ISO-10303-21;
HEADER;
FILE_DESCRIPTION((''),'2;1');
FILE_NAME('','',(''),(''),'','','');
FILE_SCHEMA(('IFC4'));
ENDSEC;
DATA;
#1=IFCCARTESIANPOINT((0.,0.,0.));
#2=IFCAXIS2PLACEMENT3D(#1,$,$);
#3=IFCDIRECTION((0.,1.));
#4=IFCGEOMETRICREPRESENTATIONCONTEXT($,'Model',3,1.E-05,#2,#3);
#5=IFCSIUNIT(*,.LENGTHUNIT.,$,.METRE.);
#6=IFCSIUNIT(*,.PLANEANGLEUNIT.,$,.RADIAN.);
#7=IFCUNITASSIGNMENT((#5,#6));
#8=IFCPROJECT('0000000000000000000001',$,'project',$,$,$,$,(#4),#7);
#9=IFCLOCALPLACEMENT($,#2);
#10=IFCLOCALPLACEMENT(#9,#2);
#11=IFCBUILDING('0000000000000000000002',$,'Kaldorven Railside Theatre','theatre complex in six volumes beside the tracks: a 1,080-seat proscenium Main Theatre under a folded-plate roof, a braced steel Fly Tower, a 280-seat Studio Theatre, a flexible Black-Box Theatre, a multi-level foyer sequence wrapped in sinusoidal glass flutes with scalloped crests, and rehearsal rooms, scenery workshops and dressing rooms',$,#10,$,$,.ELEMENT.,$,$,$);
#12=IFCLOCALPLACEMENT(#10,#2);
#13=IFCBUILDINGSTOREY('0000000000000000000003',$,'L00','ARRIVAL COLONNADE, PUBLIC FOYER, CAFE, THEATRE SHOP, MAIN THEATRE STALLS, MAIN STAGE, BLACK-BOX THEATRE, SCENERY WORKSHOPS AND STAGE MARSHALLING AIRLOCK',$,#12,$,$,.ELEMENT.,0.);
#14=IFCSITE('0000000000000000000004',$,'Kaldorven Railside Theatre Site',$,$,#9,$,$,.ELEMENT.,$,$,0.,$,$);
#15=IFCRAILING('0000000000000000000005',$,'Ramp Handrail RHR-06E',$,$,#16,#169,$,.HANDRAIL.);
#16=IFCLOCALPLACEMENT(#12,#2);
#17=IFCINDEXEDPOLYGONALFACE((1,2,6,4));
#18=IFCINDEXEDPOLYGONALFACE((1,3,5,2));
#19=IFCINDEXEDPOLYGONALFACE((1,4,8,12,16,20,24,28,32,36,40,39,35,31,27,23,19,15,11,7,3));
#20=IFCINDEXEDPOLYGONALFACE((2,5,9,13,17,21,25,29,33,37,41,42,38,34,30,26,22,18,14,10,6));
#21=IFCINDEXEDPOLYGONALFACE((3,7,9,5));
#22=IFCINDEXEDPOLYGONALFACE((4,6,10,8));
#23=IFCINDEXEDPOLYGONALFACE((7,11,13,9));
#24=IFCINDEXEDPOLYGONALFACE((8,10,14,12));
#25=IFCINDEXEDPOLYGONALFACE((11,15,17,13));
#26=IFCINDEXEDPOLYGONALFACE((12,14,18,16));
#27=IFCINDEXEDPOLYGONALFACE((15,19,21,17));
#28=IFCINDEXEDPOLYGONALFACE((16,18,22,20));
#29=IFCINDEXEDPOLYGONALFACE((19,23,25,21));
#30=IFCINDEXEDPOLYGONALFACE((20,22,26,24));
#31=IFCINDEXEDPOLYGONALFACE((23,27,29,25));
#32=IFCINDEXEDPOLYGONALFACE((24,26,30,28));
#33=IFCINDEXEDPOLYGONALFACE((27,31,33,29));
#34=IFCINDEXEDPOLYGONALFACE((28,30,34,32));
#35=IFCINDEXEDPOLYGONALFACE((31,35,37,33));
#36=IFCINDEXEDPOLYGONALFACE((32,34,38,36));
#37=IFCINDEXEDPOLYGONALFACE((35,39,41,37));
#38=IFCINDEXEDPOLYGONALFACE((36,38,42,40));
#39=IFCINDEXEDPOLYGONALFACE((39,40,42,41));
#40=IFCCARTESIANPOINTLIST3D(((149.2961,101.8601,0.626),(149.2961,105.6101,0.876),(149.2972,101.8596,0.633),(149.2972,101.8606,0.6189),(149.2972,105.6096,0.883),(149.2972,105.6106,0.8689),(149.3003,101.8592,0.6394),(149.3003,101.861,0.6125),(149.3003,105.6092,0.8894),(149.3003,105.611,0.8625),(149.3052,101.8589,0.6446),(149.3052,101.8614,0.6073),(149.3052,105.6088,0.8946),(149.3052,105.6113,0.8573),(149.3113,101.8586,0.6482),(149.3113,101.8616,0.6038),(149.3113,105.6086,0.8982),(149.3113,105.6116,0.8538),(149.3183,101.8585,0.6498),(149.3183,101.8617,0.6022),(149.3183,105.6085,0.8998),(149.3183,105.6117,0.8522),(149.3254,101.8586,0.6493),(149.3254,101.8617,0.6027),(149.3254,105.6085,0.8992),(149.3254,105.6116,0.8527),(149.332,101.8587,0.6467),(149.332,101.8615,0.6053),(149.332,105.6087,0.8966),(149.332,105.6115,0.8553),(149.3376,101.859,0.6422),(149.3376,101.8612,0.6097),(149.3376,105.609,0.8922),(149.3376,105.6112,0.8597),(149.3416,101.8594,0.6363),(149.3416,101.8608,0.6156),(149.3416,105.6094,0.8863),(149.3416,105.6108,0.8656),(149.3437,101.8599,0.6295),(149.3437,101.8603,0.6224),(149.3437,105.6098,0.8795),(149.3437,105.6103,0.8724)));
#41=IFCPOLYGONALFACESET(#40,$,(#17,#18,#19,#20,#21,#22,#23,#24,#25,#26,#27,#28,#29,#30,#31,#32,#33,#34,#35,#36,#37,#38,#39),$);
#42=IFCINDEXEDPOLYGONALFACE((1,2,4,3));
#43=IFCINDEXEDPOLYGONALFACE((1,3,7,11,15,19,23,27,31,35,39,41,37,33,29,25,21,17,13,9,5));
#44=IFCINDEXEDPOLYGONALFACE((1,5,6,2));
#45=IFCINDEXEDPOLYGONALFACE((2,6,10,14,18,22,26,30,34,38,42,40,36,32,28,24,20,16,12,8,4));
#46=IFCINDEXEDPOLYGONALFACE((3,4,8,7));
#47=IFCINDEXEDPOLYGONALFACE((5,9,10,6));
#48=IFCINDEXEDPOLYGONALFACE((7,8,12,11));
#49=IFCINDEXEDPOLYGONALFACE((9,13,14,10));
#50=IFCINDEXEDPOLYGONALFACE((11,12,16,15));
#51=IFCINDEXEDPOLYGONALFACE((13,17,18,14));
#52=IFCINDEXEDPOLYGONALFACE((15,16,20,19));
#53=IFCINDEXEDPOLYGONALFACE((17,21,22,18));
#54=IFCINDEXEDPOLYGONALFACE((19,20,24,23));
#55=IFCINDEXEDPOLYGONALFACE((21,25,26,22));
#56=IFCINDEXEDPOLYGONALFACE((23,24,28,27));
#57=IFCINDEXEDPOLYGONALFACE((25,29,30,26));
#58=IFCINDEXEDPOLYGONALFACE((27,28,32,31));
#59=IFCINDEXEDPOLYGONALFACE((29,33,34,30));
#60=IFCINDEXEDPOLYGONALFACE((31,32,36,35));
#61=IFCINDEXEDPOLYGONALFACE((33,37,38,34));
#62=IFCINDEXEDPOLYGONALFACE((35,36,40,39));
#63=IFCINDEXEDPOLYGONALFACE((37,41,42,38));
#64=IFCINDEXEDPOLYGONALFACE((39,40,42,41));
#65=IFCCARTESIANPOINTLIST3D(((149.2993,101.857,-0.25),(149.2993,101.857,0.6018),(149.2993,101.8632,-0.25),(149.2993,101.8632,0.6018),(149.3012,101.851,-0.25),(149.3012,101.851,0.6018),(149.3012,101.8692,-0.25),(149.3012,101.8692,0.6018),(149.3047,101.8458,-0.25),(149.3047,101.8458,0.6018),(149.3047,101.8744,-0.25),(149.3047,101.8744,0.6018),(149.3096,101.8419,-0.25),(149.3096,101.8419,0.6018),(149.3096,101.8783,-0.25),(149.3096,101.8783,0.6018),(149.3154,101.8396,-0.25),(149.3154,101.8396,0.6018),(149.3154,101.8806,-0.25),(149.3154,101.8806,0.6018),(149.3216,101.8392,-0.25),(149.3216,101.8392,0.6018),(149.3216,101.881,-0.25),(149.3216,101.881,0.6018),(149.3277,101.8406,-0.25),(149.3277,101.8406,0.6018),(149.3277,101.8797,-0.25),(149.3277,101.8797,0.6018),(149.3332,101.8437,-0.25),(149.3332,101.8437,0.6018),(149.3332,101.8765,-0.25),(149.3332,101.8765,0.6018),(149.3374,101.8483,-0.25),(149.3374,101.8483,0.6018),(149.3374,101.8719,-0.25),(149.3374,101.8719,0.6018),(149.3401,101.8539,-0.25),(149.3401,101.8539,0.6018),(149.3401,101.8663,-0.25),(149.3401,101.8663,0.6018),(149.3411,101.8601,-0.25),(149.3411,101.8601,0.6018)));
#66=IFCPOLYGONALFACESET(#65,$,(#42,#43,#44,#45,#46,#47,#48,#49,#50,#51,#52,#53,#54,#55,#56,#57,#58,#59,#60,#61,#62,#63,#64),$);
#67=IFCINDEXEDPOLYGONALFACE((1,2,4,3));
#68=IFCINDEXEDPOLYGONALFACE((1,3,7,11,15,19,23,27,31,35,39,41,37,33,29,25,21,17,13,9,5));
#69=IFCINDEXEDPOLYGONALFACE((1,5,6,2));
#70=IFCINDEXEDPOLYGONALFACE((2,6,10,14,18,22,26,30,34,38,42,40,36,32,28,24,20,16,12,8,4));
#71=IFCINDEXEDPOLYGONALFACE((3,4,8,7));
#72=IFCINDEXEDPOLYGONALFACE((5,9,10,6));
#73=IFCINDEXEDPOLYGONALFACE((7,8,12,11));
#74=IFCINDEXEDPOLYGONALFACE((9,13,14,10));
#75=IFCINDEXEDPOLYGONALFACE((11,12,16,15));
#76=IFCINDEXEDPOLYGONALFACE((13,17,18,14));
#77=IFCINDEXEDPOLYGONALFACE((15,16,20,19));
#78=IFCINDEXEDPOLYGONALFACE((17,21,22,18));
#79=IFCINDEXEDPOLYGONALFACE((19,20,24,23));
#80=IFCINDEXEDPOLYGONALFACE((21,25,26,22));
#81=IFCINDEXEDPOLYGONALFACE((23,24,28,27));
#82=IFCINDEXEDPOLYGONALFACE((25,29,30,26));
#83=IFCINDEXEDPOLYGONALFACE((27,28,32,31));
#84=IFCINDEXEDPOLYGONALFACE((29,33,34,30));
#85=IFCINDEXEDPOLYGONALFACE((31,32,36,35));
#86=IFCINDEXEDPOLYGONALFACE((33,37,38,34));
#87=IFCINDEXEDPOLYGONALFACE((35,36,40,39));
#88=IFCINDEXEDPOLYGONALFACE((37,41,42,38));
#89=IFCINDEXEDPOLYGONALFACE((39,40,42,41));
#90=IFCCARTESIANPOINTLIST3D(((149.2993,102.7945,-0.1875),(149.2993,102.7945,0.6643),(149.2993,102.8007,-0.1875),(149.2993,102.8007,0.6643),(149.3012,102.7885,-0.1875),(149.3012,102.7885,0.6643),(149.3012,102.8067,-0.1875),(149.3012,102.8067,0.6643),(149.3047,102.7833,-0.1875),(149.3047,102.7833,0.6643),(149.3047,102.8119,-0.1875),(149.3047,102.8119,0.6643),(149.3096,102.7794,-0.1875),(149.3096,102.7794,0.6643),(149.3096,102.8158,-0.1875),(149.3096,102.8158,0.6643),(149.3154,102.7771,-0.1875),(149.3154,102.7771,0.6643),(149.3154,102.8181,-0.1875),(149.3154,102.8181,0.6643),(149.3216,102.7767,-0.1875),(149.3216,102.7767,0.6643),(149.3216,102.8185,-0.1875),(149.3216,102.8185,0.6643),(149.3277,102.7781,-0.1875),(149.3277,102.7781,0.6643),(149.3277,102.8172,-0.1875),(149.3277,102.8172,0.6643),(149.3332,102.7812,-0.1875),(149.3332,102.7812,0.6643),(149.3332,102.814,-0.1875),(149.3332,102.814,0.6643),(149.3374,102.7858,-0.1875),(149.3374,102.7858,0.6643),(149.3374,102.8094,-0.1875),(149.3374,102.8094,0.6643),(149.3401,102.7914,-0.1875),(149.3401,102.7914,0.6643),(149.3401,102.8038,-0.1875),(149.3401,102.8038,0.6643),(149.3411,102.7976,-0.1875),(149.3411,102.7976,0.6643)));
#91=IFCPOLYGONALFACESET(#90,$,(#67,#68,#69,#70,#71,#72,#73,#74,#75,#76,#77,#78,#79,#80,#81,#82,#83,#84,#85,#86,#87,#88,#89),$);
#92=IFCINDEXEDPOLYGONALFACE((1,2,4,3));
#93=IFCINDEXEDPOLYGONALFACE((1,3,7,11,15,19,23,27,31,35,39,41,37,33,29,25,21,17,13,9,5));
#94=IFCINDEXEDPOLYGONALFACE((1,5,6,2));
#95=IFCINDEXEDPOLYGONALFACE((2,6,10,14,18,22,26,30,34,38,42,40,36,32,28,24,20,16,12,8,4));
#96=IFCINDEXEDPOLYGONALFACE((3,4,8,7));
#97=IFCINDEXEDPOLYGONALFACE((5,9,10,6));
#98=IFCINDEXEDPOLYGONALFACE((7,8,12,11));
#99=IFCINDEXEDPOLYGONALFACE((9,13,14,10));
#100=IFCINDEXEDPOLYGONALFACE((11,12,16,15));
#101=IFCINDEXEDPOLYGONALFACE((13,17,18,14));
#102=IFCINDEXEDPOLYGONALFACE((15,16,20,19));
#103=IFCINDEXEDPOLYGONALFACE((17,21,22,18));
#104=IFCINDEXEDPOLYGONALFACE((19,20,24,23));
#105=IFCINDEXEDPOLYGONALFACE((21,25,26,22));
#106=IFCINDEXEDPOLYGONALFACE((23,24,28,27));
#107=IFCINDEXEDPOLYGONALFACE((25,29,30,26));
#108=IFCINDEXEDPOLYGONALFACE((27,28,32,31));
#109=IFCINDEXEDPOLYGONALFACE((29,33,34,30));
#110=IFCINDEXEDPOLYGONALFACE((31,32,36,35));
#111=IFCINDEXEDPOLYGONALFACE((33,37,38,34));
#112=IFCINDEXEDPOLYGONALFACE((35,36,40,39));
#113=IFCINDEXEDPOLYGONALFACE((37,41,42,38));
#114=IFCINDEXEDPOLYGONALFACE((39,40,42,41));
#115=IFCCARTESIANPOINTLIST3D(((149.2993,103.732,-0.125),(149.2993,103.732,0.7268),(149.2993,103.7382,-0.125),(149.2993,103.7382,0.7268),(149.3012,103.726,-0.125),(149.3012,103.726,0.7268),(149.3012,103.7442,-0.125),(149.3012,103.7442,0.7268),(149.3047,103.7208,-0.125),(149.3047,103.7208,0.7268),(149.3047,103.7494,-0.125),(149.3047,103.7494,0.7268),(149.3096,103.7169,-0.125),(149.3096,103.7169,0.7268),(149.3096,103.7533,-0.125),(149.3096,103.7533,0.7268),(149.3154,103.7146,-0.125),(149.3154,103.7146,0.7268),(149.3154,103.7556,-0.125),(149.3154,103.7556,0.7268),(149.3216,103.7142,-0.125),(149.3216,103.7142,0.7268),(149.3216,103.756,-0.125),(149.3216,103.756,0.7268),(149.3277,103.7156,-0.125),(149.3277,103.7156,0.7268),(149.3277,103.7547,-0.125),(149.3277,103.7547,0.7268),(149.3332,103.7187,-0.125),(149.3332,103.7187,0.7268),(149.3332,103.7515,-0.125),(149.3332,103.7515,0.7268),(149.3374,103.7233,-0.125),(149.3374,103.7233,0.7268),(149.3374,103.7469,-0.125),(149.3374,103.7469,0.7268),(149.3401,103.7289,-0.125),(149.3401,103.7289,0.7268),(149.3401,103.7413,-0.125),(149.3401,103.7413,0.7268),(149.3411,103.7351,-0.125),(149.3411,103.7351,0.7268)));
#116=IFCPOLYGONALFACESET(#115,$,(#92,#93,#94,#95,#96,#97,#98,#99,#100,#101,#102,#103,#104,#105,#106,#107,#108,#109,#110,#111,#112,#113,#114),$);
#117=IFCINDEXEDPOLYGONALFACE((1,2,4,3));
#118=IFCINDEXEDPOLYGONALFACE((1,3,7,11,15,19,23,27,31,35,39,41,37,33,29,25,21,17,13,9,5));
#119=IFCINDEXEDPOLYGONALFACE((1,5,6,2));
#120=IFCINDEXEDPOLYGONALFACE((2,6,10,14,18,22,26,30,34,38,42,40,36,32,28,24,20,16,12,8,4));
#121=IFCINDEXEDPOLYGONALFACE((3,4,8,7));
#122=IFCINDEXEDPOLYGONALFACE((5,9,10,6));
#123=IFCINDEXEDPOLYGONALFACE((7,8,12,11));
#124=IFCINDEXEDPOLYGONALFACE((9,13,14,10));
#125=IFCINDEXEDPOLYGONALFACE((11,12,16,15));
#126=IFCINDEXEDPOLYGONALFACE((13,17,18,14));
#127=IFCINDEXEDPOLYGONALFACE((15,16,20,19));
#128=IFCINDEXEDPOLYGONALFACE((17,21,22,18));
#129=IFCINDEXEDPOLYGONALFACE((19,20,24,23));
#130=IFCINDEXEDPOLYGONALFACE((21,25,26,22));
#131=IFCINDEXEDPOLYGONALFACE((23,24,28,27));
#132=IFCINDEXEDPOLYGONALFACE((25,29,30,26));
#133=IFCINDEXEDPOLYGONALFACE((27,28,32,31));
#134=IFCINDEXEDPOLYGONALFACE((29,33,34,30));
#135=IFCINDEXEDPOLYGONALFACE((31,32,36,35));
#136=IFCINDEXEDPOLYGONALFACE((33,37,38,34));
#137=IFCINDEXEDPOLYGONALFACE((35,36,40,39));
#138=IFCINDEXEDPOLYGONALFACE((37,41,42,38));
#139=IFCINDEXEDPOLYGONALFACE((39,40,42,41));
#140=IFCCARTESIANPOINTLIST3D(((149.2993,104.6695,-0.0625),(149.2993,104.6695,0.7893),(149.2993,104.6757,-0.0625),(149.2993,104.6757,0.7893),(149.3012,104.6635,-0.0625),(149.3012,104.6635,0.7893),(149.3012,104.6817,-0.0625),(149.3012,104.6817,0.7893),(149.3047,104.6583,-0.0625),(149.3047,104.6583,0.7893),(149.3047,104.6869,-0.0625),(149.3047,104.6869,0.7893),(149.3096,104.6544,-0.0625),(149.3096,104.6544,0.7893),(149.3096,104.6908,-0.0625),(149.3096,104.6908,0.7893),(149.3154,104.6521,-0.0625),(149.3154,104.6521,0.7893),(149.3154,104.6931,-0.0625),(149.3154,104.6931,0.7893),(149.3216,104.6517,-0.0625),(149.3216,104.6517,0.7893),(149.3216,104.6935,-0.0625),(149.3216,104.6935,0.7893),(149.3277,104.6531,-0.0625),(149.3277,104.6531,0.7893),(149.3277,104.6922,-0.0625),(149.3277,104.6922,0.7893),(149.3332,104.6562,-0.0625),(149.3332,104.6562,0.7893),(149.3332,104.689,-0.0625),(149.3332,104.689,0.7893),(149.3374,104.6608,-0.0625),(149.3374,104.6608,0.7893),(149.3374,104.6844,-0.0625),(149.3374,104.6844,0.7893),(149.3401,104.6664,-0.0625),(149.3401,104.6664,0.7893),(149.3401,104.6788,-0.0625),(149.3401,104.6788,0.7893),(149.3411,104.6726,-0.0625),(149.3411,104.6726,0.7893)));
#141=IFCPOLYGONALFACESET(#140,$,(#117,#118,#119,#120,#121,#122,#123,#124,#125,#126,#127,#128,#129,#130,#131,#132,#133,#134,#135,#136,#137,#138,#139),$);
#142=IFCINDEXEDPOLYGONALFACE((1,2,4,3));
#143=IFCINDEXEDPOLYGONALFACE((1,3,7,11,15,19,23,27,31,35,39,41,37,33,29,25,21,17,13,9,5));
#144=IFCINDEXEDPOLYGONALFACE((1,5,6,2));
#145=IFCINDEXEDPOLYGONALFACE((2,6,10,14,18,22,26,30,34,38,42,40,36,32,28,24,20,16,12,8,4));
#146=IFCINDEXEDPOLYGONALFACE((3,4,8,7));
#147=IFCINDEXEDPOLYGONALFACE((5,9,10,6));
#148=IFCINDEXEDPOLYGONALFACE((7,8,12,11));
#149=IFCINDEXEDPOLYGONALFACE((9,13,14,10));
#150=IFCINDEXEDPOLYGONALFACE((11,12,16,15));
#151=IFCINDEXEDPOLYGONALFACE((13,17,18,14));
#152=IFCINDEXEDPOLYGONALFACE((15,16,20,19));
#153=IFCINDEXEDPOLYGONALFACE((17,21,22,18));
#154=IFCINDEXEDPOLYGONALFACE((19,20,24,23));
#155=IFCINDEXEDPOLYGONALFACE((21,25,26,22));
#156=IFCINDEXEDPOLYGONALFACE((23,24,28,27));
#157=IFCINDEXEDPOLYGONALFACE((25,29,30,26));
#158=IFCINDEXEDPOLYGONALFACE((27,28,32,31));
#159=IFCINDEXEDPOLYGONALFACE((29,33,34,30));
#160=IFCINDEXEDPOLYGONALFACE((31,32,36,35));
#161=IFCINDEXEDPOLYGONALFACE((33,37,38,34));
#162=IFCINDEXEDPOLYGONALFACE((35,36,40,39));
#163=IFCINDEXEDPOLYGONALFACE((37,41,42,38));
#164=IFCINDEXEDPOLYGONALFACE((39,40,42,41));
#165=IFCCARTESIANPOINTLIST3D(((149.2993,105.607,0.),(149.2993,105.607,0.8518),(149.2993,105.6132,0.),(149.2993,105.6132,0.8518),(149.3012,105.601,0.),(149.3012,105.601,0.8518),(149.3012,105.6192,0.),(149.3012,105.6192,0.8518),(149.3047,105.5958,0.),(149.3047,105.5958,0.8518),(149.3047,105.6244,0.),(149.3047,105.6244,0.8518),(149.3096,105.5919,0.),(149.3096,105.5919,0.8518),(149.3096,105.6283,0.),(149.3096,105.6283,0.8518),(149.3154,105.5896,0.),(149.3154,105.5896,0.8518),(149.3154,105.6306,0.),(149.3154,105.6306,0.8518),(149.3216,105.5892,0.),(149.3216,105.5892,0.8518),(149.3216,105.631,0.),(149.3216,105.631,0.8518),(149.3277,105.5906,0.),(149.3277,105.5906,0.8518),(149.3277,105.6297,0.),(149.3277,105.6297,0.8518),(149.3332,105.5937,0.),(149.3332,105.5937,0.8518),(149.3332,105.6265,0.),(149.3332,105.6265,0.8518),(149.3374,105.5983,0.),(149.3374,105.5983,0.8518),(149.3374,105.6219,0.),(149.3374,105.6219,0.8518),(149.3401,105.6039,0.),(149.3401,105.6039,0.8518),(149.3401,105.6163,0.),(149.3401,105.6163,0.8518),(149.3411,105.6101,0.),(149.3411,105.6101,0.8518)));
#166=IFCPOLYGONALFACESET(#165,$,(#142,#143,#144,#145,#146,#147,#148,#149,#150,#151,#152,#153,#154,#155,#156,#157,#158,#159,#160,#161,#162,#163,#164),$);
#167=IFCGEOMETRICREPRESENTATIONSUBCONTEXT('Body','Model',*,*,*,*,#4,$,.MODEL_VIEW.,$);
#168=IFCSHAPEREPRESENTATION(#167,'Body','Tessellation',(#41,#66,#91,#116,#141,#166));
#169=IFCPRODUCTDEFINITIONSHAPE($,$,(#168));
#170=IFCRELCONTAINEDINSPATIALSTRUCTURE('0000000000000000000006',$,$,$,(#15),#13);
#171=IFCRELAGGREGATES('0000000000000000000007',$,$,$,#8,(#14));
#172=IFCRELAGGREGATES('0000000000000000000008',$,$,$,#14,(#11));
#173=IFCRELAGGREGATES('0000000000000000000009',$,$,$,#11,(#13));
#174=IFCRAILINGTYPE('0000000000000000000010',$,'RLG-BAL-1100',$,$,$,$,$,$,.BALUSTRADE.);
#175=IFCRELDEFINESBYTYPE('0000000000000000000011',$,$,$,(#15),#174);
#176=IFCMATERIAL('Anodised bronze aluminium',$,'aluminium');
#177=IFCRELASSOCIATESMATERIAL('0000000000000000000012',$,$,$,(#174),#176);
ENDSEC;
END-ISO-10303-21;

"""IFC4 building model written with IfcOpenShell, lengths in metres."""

from ifc_helpers import new_model, si_unit, direction, frame, origin, origin_2d, place, context, subcontext, project, spatial, circle, extrude, material, type_object, element, save


model = new_model("IFC4")

# Units and contexts
model_context = context("Model", 3, precision=1e-05, world=origin(), true_north=direction((0.0, 1.0)))
body_context = subcontext(model_context, "Body", "Model", "MODEL_VIEW")
ifc_project = project(units=[si_unit("LENGTHUNIT", "METRE"), si_unit("PLANEANGLEUNIT", "RADIAN")], contexts=[model_context])

# Site, building, storey
site_placement = place(None, origin())
site = spatial("IfcSite", under=ifc_project, at=site_placement, Name="Kaldorven Railside Theatre Site", CompositionType="ELEMENT", RefElevation=0.0)
building_placement = place(site_placement, origin())
building = spatial("IfcBuilding", under=site, at=building_placement, Name="Kaldorven Railside Theatre", Description="theatre complex in six volumes beside the tracks: a 1,080-seat proscenium Main Theatre under a folded-plate roof, a braced steel Fly Tower, a 280-seat Studio Theatre, a flexible Black-Box Theatre, a multi-level foyer sequence wrapped in sinusoidal glass flutes with scalloped crests, and rehearsal rooms, scenery workshops and dressing rooms", CompositionType="ELEMENT")
storey_placement = place(building_placement, origin())
storey = spatial("IfcBuildingStorey", under=building, at=storey_placement, Name="L00", Description="ARRIVAL COLONNADE, PUBLIC FOYER, CAFE, THEATRE SHOP, MAIN THEATRE STALLS, MAIN STAGE, BLACK-BOX THEATRE, SCENERY WORKSHOPS AND STAGE MARSHALLING AIRLOCK", CompositionType="ELEMENT", Elevation=0.0)

# Railing
ifc_material_1 = material(Name="Anodised bronze aluminium", Category="aluminium")
railing_type_1 = type_object("IfcRailingType", Name="RLG-BAL-1100", PredefinedType="BALUSTRADE", material=ifc_material_1)
for number, where, name in (
    (1, (149.3201, 101.8601, -0.25), "Ramp Handrail RHR-06E"),
):
    element("IfcRailing", number, at=place(storey_placement, frame(where)), inside=storey, type_object=railing_type_1, Name=name, PredefinedType="HANDRAIL", context=body_context, shape_type="SweptSolid", body=[
        extrude(circle(Radius=0.0239, at=origin_2d()), frame((0.0, 0.0, 0.876), z_axis=(0.0, 0.997785, 0.066519), x_axis=(-1.0, 0.0, 0.0)), (0.0, 0.0, 1.0), 3.7583),
        extrude(circle(Radius=0.021, at=origin_2d()), origin(), (0.0, 0.0, 1.0), 0.8518),
        extrude(circle(Radius=0.021, at=origin_2d()), frame((0.0, 0.9375, 0.0625)), (0.0, 0.0, 1.0), 0.8518),
        extrude(circle(Radius=0.021, at=origin_2d()), frame((0.0, 1.875, 0.125)), (0.0, 0.0, 1.0), 0.8518),
        extrude(circle(Radius=0.021, at=origin_2d()), frame((0.0, 2.8125, 0.1875)), (0.0, 0.0, 1.0), 0.8518),
        extrude(circle(Radius=0.021, at=origin_2d()), frame((0.0, 3.75, 0.25)), (0.0, 0.0, 1.0), 0.8518),
    ])

save(model, "model.ifc")
